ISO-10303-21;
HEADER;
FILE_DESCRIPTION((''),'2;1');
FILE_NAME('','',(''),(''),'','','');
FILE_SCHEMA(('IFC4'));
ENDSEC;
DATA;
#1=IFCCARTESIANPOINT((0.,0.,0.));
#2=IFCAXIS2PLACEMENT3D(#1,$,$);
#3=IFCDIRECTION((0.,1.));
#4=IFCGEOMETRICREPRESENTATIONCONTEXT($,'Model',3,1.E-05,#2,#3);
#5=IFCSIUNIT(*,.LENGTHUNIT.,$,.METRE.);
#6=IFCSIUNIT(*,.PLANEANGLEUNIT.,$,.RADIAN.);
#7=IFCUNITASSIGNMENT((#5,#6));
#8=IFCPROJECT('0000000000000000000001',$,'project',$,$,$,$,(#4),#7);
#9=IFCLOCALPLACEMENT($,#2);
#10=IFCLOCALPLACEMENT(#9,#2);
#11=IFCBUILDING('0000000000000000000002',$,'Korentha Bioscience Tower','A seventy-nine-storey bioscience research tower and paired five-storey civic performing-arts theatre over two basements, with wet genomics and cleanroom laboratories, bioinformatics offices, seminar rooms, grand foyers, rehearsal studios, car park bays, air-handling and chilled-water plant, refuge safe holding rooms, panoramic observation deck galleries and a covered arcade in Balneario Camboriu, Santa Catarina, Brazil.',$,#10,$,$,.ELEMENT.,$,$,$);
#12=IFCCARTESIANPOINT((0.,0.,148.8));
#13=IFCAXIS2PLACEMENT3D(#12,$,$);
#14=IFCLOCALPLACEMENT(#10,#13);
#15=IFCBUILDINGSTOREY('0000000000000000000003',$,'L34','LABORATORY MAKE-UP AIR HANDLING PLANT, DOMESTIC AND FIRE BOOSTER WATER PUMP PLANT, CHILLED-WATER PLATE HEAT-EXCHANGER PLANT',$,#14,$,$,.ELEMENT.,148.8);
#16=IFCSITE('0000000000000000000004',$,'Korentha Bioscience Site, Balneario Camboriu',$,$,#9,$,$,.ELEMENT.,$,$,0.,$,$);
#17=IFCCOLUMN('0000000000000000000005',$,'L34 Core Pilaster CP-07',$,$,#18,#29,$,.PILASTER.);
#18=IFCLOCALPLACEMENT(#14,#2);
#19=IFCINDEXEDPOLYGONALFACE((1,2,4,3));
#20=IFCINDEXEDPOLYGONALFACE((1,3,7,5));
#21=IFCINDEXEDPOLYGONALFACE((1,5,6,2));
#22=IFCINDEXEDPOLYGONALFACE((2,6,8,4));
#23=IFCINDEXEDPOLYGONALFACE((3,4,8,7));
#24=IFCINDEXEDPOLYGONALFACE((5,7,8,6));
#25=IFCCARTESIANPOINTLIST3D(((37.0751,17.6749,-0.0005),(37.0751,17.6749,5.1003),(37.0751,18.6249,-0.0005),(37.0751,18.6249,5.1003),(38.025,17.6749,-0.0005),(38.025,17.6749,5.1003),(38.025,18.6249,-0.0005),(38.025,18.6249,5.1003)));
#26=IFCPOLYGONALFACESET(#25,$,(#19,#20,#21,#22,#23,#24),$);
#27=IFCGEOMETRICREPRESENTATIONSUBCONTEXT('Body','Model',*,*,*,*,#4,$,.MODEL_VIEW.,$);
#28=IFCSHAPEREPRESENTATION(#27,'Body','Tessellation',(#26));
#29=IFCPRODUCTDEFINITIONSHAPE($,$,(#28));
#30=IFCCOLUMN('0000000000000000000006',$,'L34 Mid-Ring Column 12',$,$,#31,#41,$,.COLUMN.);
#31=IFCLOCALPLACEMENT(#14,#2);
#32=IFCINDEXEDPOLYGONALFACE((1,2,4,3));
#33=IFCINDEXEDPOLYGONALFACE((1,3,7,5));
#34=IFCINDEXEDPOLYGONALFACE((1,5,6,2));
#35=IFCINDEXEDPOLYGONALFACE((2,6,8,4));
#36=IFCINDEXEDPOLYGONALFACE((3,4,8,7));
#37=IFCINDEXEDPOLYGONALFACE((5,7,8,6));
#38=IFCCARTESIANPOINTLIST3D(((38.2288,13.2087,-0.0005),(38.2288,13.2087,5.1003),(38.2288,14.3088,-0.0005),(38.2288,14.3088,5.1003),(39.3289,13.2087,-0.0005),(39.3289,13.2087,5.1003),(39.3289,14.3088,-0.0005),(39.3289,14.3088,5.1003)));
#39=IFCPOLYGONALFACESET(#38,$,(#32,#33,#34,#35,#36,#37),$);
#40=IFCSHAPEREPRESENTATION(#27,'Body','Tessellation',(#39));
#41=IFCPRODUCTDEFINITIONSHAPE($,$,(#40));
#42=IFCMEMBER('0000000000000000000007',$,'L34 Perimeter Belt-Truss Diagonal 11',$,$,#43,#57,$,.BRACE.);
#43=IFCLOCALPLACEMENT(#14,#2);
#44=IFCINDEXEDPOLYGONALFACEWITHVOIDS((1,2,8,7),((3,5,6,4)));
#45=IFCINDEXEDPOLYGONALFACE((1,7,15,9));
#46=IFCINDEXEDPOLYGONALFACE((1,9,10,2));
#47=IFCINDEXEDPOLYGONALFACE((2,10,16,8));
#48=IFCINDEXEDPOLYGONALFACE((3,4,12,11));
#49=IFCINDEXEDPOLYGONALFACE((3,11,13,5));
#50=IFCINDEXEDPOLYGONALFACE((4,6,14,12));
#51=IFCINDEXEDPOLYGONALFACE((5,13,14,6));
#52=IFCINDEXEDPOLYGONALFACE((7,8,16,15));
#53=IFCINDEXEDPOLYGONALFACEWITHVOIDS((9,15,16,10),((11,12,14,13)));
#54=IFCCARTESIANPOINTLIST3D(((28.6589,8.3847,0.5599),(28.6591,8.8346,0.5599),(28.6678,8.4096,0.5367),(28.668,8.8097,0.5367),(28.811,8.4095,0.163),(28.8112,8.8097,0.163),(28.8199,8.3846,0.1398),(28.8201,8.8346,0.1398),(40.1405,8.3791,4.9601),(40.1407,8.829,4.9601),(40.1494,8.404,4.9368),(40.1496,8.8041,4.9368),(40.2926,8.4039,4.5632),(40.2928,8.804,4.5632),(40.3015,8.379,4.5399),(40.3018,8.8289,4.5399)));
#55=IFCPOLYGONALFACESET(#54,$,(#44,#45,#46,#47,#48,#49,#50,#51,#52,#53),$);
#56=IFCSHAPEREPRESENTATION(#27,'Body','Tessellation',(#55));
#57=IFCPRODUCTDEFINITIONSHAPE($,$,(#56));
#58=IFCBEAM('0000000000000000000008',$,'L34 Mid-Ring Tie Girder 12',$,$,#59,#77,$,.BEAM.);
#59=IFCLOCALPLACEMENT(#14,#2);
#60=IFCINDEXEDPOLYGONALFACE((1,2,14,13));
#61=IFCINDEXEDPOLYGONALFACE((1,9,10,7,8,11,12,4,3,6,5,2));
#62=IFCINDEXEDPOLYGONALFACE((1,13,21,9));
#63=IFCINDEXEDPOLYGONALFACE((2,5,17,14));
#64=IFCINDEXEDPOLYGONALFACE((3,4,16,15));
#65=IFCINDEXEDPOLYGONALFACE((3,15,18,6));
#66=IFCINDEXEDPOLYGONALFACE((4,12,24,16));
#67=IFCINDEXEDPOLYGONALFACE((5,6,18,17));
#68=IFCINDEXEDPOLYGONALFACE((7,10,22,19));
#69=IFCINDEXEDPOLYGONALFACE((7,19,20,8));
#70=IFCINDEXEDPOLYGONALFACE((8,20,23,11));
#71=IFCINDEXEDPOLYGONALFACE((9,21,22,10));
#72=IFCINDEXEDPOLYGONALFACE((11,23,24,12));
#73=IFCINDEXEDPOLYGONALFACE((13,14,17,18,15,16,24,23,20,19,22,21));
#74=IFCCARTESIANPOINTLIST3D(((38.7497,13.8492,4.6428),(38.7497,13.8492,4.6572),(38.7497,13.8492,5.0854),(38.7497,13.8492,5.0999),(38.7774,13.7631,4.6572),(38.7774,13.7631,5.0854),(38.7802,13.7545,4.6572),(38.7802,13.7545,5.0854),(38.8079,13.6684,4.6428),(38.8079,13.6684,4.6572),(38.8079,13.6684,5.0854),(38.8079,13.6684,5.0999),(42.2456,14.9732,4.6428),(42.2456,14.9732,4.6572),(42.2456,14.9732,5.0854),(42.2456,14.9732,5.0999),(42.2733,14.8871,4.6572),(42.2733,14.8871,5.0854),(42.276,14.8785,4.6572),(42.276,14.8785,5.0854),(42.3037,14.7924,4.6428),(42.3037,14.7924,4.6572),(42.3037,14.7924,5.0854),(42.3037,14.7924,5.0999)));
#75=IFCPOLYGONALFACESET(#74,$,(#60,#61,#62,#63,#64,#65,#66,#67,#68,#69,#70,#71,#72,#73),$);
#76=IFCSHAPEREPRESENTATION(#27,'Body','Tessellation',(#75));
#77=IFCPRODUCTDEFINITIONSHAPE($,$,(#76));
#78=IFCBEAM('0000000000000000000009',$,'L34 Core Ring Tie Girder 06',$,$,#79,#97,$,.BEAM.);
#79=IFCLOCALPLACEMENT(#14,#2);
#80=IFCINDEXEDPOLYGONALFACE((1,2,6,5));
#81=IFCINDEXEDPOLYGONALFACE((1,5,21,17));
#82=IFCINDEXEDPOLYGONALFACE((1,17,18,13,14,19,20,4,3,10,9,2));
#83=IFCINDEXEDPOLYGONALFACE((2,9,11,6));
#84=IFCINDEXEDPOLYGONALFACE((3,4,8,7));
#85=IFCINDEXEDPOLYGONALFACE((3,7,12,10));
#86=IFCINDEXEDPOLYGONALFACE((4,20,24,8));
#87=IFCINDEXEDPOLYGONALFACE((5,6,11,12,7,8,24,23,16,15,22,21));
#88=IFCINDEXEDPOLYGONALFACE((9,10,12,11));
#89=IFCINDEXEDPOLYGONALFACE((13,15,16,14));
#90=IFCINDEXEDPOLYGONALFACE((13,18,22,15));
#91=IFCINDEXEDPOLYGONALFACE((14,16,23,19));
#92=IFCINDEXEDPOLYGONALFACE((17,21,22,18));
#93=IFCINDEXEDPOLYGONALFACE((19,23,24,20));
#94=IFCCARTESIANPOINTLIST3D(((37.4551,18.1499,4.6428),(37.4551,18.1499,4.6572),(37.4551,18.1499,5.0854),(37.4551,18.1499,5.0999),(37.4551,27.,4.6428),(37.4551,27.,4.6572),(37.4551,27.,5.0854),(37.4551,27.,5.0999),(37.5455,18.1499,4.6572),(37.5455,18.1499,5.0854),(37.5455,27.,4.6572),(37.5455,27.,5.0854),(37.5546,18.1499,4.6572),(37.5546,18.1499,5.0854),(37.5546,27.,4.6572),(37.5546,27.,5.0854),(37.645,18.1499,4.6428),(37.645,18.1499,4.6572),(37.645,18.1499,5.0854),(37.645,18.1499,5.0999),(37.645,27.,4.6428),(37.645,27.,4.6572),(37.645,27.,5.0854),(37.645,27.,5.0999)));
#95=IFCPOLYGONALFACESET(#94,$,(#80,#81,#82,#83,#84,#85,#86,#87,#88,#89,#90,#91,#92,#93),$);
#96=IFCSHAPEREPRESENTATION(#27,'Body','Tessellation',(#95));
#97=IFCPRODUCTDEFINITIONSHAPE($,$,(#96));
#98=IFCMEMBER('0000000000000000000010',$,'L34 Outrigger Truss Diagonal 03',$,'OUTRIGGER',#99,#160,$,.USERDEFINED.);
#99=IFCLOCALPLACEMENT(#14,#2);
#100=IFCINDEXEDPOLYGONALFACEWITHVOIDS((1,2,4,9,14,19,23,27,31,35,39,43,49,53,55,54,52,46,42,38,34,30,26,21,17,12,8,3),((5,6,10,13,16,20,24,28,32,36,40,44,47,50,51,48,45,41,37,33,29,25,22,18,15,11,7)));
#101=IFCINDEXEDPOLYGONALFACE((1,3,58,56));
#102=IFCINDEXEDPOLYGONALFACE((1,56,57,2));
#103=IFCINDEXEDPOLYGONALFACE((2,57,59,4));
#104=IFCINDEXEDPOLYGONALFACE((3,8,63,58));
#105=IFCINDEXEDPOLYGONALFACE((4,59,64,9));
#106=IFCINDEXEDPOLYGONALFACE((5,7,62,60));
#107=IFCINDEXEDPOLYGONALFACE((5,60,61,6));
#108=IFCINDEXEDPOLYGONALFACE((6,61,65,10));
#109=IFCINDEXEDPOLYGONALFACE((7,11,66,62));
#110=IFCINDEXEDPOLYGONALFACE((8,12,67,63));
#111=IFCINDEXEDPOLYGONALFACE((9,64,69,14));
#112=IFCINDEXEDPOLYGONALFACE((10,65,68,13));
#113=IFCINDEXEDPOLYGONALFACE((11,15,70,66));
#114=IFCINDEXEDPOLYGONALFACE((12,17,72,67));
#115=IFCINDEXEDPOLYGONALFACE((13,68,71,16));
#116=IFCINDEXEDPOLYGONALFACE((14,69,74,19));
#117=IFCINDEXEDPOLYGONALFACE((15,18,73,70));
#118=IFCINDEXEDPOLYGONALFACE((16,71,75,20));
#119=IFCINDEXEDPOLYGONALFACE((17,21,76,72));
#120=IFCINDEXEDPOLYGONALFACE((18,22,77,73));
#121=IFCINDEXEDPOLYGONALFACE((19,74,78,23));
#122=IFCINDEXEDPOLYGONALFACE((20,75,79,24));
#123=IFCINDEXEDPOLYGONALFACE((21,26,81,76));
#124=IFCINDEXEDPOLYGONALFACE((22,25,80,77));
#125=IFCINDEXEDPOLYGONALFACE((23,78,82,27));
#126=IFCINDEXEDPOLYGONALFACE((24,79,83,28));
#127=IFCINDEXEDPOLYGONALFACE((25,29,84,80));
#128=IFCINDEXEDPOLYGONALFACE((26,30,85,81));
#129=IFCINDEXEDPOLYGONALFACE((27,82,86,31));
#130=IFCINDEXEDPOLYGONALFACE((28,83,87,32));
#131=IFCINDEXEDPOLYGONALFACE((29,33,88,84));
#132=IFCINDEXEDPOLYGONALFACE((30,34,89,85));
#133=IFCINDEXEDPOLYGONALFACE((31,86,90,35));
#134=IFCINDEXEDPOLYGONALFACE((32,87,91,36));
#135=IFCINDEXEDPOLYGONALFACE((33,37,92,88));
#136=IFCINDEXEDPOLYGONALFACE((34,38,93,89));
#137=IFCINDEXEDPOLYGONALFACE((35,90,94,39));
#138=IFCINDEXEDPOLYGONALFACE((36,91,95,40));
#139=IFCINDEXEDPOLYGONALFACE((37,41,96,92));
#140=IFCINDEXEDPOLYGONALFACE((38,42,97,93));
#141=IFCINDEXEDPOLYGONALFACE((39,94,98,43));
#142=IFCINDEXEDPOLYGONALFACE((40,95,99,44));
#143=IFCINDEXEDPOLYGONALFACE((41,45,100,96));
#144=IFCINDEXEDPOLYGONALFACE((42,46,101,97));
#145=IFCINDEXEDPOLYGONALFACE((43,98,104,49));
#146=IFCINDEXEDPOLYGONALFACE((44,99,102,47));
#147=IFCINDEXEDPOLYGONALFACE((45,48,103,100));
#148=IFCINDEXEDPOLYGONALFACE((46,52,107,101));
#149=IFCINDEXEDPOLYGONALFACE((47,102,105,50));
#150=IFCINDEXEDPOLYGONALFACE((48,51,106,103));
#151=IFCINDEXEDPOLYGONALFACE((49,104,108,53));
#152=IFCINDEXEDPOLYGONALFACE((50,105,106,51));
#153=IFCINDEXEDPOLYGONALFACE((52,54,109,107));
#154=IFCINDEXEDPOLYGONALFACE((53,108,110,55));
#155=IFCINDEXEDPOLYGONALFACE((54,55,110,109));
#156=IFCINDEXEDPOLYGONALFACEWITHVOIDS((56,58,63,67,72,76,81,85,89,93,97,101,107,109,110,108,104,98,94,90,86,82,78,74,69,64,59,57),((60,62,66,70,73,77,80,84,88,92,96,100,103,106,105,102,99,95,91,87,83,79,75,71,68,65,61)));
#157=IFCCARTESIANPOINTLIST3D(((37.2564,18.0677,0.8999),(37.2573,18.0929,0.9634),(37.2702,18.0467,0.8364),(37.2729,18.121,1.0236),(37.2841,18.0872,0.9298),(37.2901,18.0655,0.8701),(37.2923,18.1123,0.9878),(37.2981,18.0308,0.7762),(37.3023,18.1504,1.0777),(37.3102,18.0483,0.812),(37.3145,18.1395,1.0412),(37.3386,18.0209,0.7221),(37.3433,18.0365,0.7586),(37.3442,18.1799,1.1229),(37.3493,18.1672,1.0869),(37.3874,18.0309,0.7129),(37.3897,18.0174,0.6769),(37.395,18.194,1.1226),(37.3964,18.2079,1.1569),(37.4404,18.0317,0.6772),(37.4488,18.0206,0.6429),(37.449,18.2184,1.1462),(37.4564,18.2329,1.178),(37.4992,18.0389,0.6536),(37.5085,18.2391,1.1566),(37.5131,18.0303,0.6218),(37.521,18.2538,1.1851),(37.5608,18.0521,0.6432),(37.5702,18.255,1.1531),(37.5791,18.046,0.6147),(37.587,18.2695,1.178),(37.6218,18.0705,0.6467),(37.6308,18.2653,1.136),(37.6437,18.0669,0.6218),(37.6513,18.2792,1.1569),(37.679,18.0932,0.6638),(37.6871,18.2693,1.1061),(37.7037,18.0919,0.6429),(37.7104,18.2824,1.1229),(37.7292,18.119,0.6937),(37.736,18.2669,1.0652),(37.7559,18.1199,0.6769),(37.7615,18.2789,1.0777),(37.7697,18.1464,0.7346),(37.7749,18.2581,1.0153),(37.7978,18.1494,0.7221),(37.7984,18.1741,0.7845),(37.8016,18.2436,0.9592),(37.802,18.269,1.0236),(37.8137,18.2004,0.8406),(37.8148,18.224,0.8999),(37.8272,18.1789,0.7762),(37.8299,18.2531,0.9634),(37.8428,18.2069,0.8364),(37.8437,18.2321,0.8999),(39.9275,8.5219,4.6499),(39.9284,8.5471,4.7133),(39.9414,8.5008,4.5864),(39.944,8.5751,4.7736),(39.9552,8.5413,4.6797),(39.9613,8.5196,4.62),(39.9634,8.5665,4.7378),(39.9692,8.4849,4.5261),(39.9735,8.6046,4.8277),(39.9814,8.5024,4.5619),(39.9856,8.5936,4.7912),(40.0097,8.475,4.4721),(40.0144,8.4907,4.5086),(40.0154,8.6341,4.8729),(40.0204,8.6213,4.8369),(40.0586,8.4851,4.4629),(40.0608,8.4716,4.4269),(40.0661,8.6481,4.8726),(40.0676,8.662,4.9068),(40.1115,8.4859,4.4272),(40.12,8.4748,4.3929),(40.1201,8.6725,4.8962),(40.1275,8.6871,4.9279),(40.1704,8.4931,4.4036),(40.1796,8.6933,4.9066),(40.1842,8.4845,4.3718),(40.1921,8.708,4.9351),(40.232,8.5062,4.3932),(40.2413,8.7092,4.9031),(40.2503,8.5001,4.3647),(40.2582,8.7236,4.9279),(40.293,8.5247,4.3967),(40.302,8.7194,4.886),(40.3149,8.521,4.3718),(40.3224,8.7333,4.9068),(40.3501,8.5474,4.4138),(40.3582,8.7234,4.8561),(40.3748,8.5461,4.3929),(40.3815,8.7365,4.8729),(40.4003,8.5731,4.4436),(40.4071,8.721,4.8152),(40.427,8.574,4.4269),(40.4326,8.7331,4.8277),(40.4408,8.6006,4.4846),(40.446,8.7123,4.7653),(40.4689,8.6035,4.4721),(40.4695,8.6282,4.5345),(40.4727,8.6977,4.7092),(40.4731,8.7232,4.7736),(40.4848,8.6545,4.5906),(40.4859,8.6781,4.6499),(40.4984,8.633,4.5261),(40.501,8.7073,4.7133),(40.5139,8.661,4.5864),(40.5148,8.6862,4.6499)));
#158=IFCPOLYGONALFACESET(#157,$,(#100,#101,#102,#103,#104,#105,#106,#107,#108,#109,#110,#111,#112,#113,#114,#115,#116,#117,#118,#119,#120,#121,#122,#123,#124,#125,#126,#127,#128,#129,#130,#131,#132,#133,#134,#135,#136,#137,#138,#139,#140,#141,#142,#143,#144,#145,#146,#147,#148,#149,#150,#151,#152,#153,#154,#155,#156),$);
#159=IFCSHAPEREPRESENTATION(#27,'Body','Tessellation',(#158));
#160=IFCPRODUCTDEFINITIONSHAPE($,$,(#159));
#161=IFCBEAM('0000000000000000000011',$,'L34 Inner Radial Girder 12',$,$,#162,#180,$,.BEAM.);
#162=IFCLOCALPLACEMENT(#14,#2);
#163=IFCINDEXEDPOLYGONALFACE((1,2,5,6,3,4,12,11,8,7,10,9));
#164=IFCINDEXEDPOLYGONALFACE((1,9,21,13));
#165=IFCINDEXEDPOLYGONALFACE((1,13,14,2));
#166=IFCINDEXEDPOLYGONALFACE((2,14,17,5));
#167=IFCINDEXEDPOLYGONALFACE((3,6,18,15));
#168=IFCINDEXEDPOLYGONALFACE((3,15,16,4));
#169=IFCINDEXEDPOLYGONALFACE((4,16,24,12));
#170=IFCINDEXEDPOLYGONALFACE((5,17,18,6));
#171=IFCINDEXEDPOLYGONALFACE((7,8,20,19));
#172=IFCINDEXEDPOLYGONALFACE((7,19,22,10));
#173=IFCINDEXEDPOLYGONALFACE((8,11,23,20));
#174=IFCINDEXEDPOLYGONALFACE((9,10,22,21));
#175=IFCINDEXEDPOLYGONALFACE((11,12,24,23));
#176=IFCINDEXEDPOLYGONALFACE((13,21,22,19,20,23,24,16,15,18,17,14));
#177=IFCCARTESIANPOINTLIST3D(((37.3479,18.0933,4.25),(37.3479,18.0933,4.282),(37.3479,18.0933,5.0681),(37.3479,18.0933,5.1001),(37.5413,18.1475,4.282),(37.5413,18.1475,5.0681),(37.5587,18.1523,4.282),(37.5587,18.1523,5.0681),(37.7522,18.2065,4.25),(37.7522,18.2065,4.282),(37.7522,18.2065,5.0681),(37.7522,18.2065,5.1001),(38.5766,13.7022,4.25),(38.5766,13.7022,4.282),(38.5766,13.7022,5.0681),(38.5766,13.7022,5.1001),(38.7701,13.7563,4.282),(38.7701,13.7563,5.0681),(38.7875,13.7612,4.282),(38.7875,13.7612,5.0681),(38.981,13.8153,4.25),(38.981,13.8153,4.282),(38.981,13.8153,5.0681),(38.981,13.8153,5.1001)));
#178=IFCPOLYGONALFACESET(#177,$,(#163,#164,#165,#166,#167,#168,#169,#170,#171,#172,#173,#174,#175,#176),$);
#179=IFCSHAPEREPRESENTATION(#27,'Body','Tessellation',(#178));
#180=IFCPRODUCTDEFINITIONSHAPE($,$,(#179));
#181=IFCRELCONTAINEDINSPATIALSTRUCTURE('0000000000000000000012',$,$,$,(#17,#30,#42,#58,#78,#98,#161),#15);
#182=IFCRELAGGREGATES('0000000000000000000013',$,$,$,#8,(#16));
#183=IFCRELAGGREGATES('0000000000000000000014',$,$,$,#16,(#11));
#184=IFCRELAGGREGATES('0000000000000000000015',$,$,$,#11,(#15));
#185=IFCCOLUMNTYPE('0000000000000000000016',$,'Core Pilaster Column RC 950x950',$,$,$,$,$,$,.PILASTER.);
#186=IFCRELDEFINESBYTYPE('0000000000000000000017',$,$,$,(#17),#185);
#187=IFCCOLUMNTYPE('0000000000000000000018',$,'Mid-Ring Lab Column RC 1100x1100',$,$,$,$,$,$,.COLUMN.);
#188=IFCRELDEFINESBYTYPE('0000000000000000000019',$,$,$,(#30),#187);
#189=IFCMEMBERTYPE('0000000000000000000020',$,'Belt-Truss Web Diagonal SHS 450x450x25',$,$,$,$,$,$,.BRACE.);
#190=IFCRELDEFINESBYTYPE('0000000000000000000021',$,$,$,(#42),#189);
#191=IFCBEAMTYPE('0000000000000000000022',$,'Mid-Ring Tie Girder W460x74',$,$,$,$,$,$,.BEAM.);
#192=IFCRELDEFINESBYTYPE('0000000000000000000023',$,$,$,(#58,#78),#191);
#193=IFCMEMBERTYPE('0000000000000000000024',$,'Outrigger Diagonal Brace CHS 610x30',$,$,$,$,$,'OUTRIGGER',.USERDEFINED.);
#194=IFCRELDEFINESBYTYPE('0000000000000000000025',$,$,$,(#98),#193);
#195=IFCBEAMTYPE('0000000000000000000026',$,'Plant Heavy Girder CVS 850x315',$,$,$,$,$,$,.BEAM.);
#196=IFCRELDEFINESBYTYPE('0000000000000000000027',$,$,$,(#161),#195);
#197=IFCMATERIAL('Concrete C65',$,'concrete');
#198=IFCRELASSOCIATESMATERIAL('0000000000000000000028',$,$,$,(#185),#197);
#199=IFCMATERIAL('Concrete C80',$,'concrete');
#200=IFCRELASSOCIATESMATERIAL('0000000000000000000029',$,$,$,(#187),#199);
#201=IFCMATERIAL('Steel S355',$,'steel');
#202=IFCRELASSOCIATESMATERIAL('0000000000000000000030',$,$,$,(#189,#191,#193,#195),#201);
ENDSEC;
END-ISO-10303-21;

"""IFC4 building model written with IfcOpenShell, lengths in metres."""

from ifc_helpers import new_model, si_unit, direction, frame, origin, origin_2d, place, context, subcontext, project, spatial, rectangle, hollow_rectangle, hollow_circle, i_section, extrude, material, material_profile, profile_set, type_object, element, save


model = new_model("IFC4")

# Units and contexts
model_context = context("Model", 3, precision=1e-05, world=origin(), true_north=direction((0.0, 1.0)))
body_context = subcontext(model_context, "Body", "Model", "MODEL_VIEW")
ifc_project = project(units=[si_unit("LENGTHUNIT", "METRE"), si_unit("PLANEANGLEUNIT", "RADIAN")], contexts=[model_context])

# Site, building, storey
site_placement = place(None, origin())
site = spatial("IfcSite", under=ifc_project, at=site_placement, Name="Korentha Bioscience Site, Balneario Camboriu", CompositionType="ELEMENT", RefElevation=0.0)
building_placement = place(site_placement, origin())
building = spatial("IfcBuilding", under=site, at=building_placement, Name="Korentha Bioscience Tower", Description="A seventy-nine-storey bioscience research tower and paired five-storey civic performing-arts theatre over two basements, with wet genomics and cleanroom laboratories, bioinformatics offices, seminar rooms, grand foyers, rehearsal studios, car park bays, air-handling and chilled-water plant, refuge safe holding rooms, panoramic observation deck galleries and a covered arcade in Balneario Camboriu, Santa Catarina, Brazil.", CompositionType="ELEMENT")
storey_placement = place(building_placement, frame((0.0, 0.0, 148.8)))
storey = spatial("IfcBuildingStorey", under=building, at=storey_placement, Name="L34", Description="LABORATORY MAKE-UP AIR HANDLING PLANT, DOMESTIC AND FIRE BOOSTER WATER PUMP PLANT, CHILLED-WATER PLATE HEAT-EXCHANGER PLANT", CompositionType="ELEMENT", Elevation=148.8)

# Columns
ifc_material_1 = material(Name="Concrete C65", Category="concrete")
ifc_material_profile_1 = material_profile(ifc_material_1, rectangle(XDim=0.95, YDim=0.95, at=origin_2d()), Name="Concrete C65")
ifc_profile_set_1 = profile_set([ifc_material_profile_1], Name="Concrete C65 (COL-CP09)")
column_type_1 = type_object("IfcColumnType", Name="Core Pilaster Column RC 950x950", PredefinedType="PILASTER", material=ifc_profile_set_1)
column_1_placement = place(storey_placement, frame((37.55, 18.1499, -0.0005), z_axis=(0.0, 0.0, 1.0), x_axis=(1.0, 0.0, 0.0)))
element("IfcColumn", 1, at=column_1_placement, inside=storey, type_object=column_type_1, Name="L34 Core Pilaster CP-07", PredefinedType="PILASTER", context=body_context, shape_type="SweptSolid", body=[
    extrude(rectangle(XDim=0.95, YDim=0.95, at=origin_2d()), origin(), (0.0, 0.0, 1.0), 5.1008),
])
ifc_material_2 = material(Name="Concrete C80", Category="concrete")
ifc_material_profile_2 = material_profile(ifc_material_2, rectangle(XDim=1.1001, YDim=1.1001, at=origin_2d()), Name="Concrete C80")
ifc_profile_set_2 = profile_set([ifc_material_profile_2], Name="Concrete C80 (COL-MR11)")
column_type_2 = type_object("IfcColumnType", Name="Mid-Ring Lab Column RC 1100x1100", PredefinedType="COLUMN", material=ifc_profile_set_2)
column_2_placement = place(storey_placement, frame((38.7788, 13.7588, -0.0005), z_axis=(0.0, 0.0, 1.0), x_axis=(1.0, 0.0, 0.0)))
element("IfcColumn", 2, at=column_2_placement, inside=storey, type_object=column_type_2, Name="L34 Mid-Ring Column 12", PredefinedType="COLUMN", context=body_context, shape_type="SweptSolid", body=[
    extrude(rectangle(XDim=1.1001, YDim=1.1001, at=origin_2d()), origin(), (0.0, 0.0, 1.0), 5.1008),
])

# Member
ifc_material_3 = material(Name="Steel S355", Category="steel")
ifc_material_profile_3 = material_profile(ifc_material_3, hollow_rectangle(XDim=0.45, YDim=0.45, WallThickness=0.0249, at=origin_2d()), Name="Steel S355")
ifc_profile_set_3 = profile_set([ifc_material_profile_3], Name="Steel S355 (BT-D450)")
member_type_1 = type_object("IfcMemberType", Name="Belt-Truss Web Diagonal SHS 450x450x25", PredefinedType="BRACE", material=ifc_profile_set_3)
member_1_placement = place(storey_placement, frame((28.7395, 8.6096, 0.3499), z_axis=(0.933778, -0.000457, 0.357853), x_axis=(0.000489, 1.0, 0.0)))
element("IfcMember", 3, at=member_1_placement, inside=storey, type_object=member_type_1, Name="L34 Perimeter Belt-Truss Diagonal 11", PredefinedType="BRACE", context=body_context, shape_type="SweptSolid", body=[
    extrude(hollow_rectangle(XDim=0.45, YDim=0.45, WallThickness=0.0249, at=origin_2d()), origin(), (0.0, 0.0, 1.0), 12.2959),
])

# Beams
ifc_material_profile_4 = material_profile(ifc_material_3, i_section(OverallWidth=0.1899, OverallDepth=0.457, WebThickness=0.009, FlangeThickness=0.0144, at=origin_2d()), Name="Steel S355")
ifc_profile_set_4 = profile_set([ifc_material_profile_4], Name="Steel S355 (MB-460)")
beam_type_1 = type_object("IfcBeamType", Name="Mid-Ring Tie Girder W460x74", PredefinedType="BEAM", material=ifc_profile_set_4)
beam_1_placement = place(storey_placement, frame((38.7788, 13.7588, 4.8713), z_axis=(0.952, 0.306097, 0.0), x_axis=(-0.306097, 0.952, 0.0)))
element("IfcBeam", 4, at=beam_1_placement, inside=storey, type_object=beam_type_1, Name="L34 Mid-Ring Tie Girder 12", PredefinedType="BEAM", context=body_context, shape_type="SweptSolid", body=[
    extrude(i_section(OverallWidth=0.1899, OverallDepth=0.457, WebThickness=0.009, FlangeThickness=0.0144, at=origin_2d()), origin(), (0.0, 0.0, 1.0), 3.6721),
])
beam_2_placement = place(storey_placement, frame((37.55, 18.1499, 4.8713), z_axis=(0.0, 1.0, 0.0), x_axis=(-1.0, 0.0, 0.0)))
element("IfcBeam", 5, at=beam_2_placement, inside=storey, type_object=beam_type_1, Name="L34 Core Ring Tie Girder 06", PredefinedType="BEAM", context=body_context, shape_type="SweptSolid", body=[
    extrude(i_section(OverallWidth=0.1899, OverallDepth=0.457, WebThickness=0.009, FlangeThickness=0.0144, at=origin_2d()), origin(), (0.0, 0.0, 1.0), 8.8501),
])

# Member
ifc_material_profile_5 = material_profile(ifc_material_3, hollow_circle(Radius=0.3049, WallThickness=0.03, at=origin_2d()), Name="Steel S355")
ifc_profile_set_5 = profile_set([ifc_material_profile_5], Name="Steel S355 (OU-610)")
member_type_2 = type_object("IfcMemberType", Name="Outrigger Diagonal Brace CHS 610x30", ElementType="OUTRIGGER", PredefinedType="USERDEFINED", material=ifc_profile_set_5)
member_2_placement = place(storey_placement, frame((37.55, 18.1499, 0.8999), z_axis=(0.252038, -0.90071, 0.353834), x_axis=(0.963009, 0.26947, 0.0)))
element("IfcMember", 6, at=member_2_placement, inside=storey, type_object=member_type_2, Name="L34 Outrigger Truss Diagonal 03", ObjectType="OUTRIGGER", PredefinedType="USERDEFINED", context=body_context, shape_type="SweptSolid", body=[
    extrude(hollow_circle(Radius=0.3049, WallThickness=0.03, at=origin_2d()), origin(), (0.0, 0.0, 1.0), 10.5981),
])

# Beam
ifc_material_profile_6 = material_profile(ifc_material_3, i_section(OverallWidth=0.4199, OverallDepth=0.8501, WebThickness=0.0181, FlangeThickness=0.032, at=origin_2d()), Name="Steel S355")
ifc_profile_set_6 = profile_set([ifc_material_profile_6], Name="Steel S355 (MB-850)")
beam_type_2 = type_object("IfcBeamType", Name="Plant Heavy Girder CVS 850x315", PredefinedType="BEAM", material=ifc_profile_set_6)
beam_3_placement = place(storey_placement, frame((37.55, 18.1499, 4.675), z_axis=(0.269477, -0.963007, 0.0), x_axis=(0.963007, 0.269477, 0.0)))
element("IfcBeam", 7, at=beam_3_placement, inside=storey, type_object=beam_type_2, Name="L34 Inner Radial Girder 12", PredefinedType="BEAM", context=body_context, shape_type="SweptSolid", body=[
    extrude(i_section(OverallWidth=0.4199, OverallDepth=0.8501, WebThickness=0.0181, FlangeThickness=0.032, at=origin_2d()), origin(), (0.0, 0.0, 1.0), 4.5598),
])

save(model, "model.ifc")
